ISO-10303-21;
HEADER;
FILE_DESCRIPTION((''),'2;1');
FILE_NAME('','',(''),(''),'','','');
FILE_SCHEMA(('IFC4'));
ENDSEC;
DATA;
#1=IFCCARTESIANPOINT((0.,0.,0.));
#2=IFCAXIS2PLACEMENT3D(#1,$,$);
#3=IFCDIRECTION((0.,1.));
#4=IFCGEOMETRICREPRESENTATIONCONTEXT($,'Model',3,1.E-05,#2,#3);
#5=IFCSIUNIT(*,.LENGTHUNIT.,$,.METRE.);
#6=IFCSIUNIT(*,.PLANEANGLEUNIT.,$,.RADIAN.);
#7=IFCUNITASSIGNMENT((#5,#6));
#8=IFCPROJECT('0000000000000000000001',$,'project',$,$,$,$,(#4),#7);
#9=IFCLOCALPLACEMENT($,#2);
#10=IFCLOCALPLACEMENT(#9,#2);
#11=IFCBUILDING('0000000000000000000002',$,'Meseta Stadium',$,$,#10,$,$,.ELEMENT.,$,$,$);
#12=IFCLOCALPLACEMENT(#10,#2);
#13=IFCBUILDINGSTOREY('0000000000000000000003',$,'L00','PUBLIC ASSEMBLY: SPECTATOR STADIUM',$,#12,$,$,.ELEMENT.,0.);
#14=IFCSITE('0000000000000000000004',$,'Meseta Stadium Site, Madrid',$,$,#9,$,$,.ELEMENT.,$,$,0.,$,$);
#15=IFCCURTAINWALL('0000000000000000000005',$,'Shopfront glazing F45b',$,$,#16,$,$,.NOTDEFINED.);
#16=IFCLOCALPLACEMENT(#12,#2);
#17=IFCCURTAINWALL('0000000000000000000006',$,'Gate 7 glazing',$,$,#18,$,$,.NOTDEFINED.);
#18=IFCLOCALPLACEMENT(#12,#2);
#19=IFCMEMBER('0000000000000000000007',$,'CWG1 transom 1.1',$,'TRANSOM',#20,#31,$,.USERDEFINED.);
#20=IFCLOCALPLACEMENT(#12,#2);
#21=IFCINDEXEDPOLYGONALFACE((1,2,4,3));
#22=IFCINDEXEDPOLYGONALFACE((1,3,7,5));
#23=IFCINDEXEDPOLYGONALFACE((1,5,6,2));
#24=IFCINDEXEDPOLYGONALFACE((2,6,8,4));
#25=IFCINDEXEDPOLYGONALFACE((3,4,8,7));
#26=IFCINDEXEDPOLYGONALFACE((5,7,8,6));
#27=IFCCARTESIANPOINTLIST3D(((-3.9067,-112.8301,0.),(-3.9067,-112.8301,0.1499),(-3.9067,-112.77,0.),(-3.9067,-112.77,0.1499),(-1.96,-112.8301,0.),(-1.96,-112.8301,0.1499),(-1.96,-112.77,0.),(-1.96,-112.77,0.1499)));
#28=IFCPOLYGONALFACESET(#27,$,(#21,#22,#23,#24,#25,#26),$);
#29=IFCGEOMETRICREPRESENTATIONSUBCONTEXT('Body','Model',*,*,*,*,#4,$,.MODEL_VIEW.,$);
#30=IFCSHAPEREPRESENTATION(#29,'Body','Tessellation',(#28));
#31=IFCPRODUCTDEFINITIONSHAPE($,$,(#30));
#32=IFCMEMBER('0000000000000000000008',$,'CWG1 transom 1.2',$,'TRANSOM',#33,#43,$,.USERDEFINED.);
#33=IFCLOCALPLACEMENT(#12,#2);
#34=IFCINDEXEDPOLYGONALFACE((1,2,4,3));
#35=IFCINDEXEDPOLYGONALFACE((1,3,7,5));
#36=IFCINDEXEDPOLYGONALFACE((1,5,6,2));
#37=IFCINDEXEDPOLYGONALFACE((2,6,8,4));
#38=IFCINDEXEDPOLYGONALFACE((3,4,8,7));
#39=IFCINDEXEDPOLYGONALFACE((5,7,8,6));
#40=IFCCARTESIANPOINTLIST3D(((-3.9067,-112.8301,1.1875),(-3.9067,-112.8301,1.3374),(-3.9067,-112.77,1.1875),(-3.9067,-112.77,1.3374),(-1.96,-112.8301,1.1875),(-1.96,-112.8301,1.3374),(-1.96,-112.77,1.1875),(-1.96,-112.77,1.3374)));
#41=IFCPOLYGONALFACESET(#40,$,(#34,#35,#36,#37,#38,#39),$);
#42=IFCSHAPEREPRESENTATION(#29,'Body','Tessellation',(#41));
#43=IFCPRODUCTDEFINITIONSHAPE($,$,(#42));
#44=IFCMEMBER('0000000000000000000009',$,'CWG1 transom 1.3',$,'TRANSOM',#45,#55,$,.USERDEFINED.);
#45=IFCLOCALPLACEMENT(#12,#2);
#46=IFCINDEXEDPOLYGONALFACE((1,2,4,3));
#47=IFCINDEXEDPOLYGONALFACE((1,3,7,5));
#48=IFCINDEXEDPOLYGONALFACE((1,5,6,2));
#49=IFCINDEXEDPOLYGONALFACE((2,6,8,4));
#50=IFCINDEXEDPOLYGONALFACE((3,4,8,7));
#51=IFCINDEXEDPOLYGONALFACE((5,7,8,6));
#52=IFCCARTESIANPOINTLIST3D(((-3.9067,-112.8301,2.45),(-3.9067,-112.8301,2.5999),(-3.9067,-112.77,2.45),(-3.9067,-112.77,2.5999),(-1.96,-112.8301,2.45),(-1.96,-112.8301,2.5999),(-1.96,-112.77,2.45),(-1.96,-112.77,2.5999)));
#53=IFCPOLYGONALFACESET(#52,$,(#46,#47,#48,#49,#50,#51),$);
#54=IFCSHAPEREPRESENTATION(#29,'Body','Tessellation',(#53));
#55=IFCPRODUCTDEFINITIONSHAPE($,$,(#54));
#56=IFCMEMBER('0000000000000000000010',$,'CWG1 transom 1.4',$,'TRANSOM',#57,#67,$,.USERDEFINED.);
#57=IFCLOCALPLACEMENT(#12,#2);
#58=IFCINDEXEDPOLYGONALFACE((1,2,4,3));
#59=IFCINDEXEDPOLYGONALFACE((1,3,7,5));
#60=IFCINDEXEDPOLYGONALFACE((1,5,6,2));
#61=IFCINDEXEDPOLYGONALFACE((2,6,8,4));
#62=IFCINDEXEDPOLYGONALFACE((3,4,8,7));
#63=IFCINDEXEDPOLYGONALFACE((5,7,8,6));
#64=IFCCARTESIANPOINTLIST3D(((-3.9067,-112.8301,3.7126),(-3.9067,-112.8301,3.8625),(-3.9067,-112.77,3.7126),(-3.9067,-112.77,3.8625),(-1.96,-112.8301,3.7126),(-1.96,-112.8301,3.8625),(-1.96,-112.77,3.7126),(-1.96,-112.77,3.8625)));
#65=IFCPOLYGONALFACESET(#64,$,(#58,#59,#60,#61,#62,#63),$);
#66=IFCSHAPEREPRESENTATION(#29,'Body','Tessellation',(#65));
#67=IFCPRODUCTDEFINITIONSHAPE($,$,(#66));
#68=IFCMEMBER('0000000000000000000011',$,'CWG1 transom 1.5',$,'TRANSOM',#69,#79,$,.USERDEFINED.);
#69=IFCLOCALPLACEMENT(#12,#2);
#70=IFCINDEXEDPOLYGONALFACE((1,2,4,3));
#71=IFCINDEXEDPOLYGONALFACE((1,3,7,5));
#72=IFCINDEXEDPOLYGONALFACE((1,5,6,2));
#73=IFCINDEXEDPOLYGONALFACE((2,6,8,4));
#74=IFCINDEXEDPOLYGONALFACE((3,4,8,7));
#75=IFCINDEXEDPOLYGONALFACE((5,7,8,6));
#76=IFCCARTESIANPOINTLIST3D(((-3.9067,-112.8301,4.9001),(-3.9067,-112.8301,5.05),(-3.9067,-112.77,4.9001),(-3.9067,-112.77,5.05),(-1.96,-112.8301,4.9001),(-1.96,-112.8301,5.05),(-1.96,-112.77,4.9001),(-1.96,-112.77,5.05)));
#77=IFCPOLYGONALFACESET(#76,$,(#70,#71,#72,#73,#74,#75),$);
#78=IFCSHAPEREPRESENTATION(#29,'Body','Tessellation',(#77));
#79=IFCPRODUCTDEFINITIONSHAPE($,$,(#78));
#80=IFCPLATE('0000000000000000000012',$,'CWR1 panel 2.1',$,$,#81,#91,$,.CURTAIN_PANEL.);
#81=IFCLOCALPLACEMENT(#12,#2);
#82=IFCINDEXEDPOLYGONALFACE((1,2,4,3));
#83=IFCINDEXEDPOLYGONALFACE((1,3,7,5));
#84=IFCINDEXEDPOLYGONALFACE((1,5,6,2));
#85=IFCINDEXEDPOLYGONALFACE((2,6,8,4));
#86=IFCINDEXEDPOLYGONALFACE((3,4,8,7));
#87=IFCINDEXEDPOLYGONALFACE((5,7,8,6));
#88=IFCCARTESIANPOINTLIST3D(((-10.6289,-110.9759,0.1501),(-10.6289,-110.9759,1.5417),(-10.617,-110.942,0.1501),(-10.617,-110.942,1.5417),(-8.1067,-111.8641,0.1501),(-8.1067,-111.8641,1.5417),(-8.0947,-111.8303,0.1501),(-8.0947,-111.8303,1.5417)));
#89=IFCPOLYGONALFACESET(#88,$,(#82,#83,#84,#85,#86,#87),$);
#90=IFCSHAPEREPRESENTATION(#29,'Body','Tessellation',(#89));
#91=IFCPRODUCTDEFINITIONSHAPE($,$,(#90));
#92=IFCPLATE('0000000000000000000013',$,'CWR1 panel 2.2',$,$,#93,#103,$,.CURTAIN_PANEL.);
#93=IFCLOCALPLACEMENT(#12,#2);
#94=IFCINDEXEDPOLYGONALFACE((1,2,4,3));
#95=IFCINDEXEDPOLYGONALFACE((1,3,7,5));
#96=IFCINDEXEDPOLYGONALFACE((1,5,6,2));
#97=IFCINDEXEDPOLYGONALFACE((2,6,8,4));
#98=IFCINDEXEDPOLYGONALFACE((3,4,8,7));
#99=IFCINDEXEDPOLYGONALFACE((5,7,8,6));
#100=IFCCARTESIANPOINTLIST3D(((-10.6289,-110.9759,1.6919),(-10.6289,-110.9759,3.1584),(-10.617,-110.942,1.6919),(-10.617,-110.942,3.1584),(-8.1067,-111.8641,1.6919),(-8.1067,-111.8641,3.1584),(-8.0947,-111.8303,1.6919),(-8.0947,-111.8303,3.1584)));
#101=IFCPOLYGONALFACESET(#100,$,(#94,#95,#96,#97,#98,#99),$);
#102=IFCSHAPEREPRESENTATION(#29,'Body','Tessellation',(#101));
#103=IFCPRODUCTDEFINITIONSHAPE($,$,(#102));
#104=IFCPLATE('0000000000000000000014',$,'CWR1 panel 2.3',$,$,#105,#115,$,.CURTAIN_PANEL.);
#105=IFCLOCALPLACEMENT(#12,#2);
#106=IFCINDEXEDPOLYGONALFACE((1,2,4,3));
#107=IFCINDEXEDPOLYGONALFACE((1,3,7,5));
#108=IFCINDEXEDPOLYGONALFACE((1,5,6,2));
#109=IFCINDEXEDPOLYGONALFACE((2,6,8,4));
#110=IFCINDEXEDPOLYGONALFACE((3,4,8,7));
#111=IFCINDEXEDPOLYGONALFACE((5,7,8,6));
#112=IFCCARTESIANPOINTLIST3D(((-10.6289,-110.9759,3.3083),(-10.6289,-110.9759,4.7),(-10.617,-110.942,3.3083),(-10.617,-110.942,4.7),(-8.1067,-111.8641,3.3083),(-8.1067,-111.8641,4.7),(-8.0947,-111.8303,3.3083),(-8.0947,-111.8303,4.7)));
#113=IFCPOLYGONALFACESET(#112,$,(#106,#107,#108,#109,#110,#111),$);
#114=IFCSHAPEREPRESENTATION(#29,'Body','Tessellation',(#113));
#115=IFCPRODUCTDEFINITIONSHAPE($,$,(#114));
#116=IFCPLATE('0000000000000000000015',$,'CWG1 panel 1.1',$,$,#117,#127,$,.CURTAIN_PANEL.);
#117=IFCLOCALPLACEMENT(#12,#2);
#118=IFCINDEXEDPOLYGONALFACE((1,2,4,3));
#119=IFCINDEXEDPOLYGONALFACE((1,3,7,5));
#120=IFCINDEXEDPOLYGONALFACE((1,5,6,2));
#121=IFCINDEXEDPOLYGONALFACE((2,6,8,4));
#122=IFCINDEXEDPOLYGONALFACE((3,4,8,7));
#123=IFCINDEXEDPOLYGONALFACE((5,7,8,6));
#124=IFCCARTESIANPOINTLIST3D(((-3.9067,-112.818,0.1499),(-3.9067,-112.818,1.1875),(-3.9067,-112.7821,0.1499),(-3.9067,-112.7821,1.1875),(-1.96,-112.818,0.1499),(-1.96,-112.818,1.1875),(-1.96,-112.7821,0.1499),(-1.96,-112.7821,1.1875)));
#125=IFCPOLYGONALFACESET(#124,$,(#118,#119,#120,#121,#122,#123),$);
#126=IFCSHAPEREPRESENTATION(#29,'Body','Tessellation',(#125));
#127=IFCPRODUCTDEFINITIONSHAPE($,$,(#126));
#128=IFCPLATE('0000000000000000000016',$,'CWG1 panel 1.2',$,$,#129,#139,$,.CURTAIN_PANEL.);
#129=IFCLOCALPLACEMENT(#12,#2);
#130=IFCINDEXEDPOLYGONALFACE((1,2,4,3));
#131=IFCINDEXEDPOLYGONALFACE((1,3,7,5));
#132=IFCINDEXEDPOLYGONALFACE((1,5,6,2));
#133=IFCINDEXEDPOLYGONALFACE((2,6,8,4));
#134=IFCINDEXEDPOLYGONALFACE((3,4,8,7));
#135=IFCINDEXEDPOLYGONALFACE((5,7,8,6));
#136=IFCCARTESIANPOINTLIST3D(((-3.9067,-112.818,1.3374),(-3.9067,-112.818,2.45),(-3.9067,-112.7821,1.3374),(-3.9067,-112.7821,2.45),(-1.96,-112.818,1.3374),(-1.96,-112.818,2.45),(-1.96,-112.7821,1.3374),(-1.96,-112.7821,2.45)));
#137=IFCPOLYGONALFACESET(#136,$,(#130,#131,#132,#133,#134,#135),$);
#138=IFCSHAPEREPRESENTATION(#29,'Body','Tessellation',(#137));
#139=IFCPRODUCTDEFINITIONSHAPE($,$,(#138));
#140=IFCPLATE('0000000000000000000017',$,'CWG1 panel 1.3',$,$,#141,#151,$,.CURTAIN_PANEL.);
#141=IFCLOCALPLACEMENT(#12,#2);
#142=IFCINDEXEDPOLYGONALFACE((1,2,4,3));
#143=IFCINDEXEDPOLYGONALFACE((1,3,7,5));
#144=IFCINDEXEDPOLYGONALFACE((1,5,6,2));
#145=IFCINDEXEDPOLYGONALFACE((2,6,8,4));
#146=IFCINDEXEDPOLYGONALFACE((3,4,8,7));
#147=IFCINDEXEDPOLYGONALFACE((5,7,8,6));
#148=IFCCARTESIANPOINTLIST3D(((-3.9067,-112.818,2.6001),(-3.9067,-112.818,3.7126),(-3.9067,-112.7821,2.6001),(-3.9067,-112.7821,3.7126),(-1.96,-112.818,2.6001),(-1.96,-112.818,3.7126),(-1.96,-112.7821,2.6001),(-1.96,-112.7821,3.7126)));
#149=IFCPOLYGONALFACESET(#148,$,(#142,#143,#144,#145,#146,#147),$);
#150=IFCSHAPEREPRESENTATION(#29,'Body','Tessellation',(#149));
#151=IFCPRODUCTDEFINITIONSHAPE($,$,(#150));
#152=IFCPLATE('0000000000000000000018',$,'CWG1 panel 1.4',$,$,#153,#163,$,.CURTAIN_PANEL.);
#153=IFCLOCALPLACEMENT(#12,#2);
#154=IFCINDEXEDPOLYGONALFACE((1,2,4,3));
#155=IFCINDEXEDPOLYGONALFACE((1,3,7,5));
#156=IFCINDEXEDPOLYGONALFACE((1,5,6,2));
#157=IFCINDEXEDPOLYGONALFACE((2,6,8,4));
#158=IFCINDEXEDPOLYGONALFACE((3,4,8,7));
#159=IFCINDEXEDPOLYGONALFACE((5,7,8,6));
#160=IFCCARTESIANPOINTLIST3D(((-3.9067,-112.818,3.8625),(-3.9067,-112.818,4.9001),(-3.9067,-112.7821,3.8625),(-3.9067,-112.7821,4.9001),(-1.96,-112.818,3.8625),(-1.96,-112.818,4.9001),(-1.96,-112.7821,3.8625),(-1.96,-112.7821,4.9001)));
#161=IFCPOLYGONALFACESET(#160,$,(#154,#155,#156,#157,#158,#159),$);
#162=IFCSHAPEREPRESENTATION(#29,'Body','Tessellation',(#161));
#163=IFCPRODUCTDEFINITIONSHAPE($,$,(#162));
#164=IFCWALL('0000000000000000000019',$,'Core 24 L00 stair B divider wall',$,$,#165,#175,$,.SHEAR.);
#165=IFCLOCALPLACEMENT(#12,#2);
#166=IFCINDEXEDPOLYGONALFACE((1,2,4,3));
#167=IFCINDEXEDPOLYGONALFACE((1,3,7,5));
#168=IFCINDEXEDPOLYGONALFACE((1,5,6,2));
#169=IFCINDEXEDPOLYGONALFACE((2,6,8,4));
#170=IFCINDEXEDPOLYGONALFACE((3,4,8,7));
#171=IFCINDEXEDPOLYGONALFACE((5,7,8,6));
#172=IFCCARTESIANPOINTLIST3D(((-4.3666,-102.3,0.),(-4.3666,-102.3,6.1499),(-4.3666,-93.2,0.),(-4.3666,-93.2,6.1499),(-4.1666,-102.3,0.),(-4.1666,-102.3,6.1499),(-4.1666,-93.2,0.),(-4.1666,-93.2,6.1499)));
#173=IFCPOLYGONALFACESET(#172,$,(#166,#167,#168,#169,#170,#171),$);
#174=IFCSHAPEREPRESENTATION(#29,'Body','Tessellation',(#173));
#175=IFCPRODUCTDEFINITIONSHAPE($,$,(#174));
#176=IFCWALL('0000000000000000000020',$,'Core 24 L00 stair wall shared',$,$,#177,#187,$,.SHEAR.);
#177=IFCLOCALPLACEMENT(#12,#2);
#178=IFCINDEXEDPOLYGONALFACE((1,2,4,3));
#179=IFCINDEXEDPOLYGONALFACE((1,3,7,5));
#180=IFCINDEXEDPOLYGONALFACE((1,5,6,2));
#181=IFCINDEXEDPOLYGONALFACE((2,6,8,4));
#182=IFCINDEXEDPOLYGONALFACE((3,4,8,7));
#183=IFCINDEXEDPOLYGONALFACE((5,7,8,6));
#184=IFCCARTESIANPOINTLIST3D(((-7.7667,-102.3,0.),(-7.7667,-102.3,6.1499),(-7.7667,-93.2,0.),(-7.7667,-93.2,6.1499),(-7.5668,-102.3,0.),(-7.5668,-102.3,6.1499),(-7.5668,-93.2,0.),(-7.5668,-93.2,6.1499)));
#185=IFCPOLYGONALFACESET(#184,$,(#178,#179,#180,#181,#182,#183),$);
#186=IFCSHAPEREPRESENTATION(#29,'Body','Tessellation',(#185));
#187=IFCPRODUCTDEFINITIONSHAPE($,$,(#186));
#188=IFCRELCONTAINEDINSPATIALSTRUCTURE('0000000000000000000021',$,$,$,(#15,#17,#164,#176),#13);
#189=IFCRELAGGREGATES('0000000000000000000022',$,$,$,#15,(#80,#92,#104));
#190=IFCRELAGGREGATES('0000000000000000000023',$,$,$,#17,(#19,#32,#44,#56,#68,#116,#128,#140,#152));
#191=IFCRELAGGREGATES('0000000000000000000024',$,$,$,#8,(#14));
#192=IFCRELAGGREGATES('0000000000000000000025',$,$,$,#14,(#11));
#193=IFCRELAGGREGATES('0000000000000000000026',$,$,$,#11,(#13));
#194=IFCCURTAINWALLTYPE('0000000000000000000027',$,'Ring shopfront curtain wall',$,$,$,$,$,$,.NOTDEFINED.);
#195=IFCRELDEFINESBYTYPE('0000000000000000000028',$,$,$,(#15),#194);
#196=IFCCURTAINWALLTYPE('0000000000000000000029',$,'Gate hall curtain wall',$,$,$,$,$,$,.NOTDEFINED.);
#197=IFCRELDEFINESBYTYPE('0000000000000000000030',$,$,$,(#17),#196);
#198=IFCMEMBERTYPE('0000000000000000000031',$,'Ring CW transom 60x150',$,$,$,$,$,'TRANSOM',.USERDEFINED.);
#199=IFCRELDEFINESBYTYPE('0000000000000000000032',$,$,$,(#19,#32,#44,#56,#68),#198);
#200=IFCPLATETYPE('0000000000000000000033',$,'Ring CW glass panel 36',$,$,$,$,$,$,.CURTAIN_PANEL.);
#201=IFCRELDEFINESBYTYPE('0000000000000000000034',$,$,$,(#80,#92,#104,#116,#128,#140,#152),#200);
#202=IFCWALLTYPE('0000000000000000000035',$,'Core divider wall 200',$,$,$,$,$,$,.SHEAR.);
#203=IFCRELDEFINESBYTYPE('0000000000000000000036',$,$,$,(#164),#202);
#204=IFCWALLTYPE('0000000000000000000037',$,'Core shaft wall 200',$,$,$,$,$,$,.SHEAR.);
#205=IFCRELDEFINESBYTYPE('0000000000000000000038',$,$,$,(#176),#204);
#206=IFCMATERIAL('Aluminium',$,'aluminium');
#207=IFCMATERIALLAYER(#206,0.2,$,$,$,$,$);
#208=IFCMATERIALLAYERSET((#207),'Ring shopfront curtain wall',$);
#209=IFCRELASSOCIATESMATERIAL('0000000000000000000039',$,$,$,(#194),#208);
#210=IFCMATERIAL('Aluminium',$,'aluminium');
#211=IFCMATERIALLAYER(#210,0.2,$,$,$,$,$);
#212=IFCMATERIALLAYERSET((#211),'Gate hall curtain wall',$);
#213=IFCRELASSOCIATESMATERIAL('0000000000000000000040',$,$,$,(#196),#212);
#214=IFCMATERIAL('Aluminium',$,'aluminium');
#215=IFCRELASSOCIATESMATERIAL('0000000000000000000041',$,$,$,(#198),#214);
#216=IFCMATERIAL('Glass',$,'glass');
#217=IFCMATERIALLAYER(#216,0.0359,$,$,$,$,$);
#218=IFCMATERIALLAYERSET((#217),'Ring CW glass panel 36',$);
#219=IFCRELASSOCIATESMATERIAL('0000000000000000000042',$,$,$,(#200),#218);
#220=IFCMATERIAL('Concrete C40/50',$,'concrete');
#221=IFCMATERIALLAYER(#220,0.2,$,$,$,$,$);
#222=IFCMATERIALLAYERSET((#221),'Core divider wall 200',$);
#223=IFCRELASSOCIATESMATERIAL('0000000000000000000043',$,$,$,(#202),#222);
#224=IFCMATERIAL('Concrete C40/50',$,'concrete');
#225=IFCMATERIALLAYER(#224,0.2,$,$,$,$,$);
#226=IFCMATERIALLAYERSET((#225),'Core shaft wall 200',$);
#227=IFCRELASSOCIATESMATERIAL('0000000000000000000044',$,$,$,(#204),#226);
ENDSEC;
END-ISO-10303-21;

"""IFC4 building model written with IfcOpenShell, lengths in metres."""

from ifc_helpers import new_model, si_unit, direction, frame, frame_2d, origin, origin_2d, place, context, subcontext, project, spatial, rectangle, extrude, material, layer, layer_set, material_profile, profile_set, type_object, element, aggregate, save


model = new_model("IFC4")

# Units and contexts
model_context = context("Model", 3, precision=1e-05, world=origin(), true_north=direction((0.0, 1.0)))
body_context = subcontext(model_context, "Body", "Model", "MODEL_VIEW")
ifc_project = project(units=[si_unit("LENGTHUNIT", "METRE"), si_unit("PLANEANGLEUNIT", "RADIAN")], contexts=[model_context])

# Site, building, storey
site_placement = place(None, origin())
site = spatial("IfcSite", under=ifc_project, at=site_placement, Name="Meseta Stadium Site, Madrid", CompositionType="ELEMENT", RefElevation=0.0)
building_placement = place(site_placement, origin())
building = spatial("IfcBuilding", under=site, at=building_placement, Name="Meseta Stadium", CompositionType="ELEMENT")
storey_placement = place(building_placement, origin())
storey = spatial("IfcBuildingStorey", under=building, at=storey_placement, Name="L00", Description="PUBLIC ASSEMBLY: SPECTATOR STADIUM", CompositionType="ELEMENT", Elevation=0.0)

# Curtain wall
ifc_material_1 = material(Name="Aluminium", Category="aluminium")
ifc_layer_1 = layer(ifc_material_1, 0.2)
ifc_layer_set_1 = layer_set([ifc_layer_1], Name="Ring shopfront curtain wall")
curtain_wall_type_1 = type_object("IfcCurtainWallType", Name="Ring shopfront curtain wall", PredefinedType="NOTDEFINED", material=ifc_layer_set_1)
curtain_wall_1_placement = place(storey_placement, origin())
curtain_wall_1 = element("IfcCurtainWall", 1, at=curtain_wall_1_placement, inside=storey, type_object=curtain_wall_type_1, Name="Shopfront glazing F45b", PredefinedType="NOTDEFINED")

# Curtain wall, members
ifc_material_2 = material(Name="Aluminium", Category="aluminium")
ifc_layer_2 = layer(ifc_material_2, 0.2)
ifc_layer_set_2 = layer_set([ifc_layer_2], Name="Gate hall curtain wall")
curtain_wall_type_2 = type_object("IfcCurtainWallType", Name="Gate hall curtain wall", PredefinedType="NOTDEFINED", material=ifc_layer_set_2)
curtain_wall_2_placement = place(storey_placement, origin())
curtain_wall_2 = element("IfcCurtainWall", 2, at=curtain_wall_2_placement, inside=storey, type_object=curtain_wall_type_2, Name="Gate 7 glazing", PredefinedType="NOTDEFINED")
ifc_material_3 = material(Name="Aluminium", Category="aluminium")
ifc_material_profile_1 = material_profile(ifc_material_3, rectangle(XDim=0.0601, YDim=0.1499, at=origin_2d()), Name="CW 60x150")
ifc_profile_set_1 = profile_set([ifc_material_profile_1], Name="Aluminium")
member_type_1 = type_object("IfcMemberType", Name="Ring CW transom 60x150", ElementType="TRANSOM", PredefinedType="USERDEFINED", material=ifc_profile_set_1)
member_1_placement = place(storey_placement, frame((-3.9067, -112.8, 0.075), z_axis=(1.0, 0.0, 0.0), x_axis=(0.0, 1.0, 0.0)))
member_1 = element("IfcMember", 3, at=member_1_placement, type_object=member_type_1, Name="CWG1 transom 1.1", ObjectType="TRANSOM", PredefinedType="USERDEFINED", context=body_context, shape_type="SweptSolid", body=[
    extrude(rectangle(XDim=0.0601, YDim=0.1499, at=origin_2d()), origin(), (0.0, 0.0, 1.0), 1.9468),
])
member_2_placement = place(storey_placement, frame((-3.9067, -112.8, 1.2625), z_axis=(1.0, 0.0, 0.0), x_axis=(0.0, 1.0, 0.0)))
member_2 = element("IfcMember", 4, at=member_2_placement, type_object=member_type_1, Name="CWG1 transom 1.2", ObjectType="TRANSOM", PredefinedType="USERDEFINED", context=body_context, shape_type="SweptSolid", body=[
    extrude(rectangle(XDim=0.0601, YDim=0.1499, at=origin_2d()), origin(), (0.0, 0.0, 1.0), 1.9468),
])
member_3_placement = place(storey_placement, frame((-3.9067, -112.8, 2.5249), z_axis=(1.0, 0.0, 0.0), x_axis=(0.0, 1.0, 0.0)))
member_3 = element("IfcMember", 5, at=member_3_placement, type_object=member_type_1, Name="CWG1 transom 1.3", ObjectType="TRANSOM", PredefinedType="USERDEFINED", context=body_context, shape_type="SweptSolid", body=[
    extrude(rectangle(XDim=0.0601, YDim=0.1499, at=origin_2d()), origin(), (0.0, 0.0, 1.0), 1.9468),
])
member_4_placement = place(storey_placement, frame((-3.9067, -112.8, 3.7876), z_axis=(1.0, 0.0, 0.0), x_axis=(0.0, 1.0, 0.0)))
member_4 = element("IfcMember", 6, at=member_4_placement, type_object=member_type_1, Name="CWG1 transom 1.4", ObjectType="TRANSOM", PredefinedType="USERDEFINED", context=body_context, shape_type="SweptSolid", body=[
    extrude(rectangle(XDim=0.0601, YDim=0.1499, at=origin_2d()), origin(), (0.0, 0.0, 1.0), 1.9468),
])
member_5_placement = place(storey_placement, frame((-3.9067, -112.8, 4.9751), z_axis=(1.0, 0.0, 0.0), x_axis=(0.0, 1.0, 0.0)))
member_5 = element("IfcMember", 7, at=member_5_placement, type_object=member_type_1, Name="CWG1 transom 1.5", ObjectType="TRANSOM", PredefinedType="USERDEFINED", context=body_context, shape_type="SweptSolid", body=[
    extrude(rectangle(XDim=0.0601, YDim=0.1499, at=origin_2d()), origin(), (0.0, 0.0, 1.0), 1.9468),
])

# Plates
ifc_material_4 = material(Name="Glass", Category="glass")
ifc_layer_3 = layer(ifc_material_4, 0.0359)
ifc_layer_set_3 = layer_set([ifc_layer_3], Name="Ring CW glass panel 36")
plate_type = type_object("IfcPlateType", Name="Ring CW glass panel 36", PredefinedType="CURTAIN_PANEL", material=ifc_layer_set_3)
plate_1_placement = place(storey_placement, frame((-9.3618, -111.4031, 0.1501), z_axis=(0.0, 0.0, 1.0), x_axis=(0.94322, -0.33217, 0.0)))
plate_1 = element("IfcPlate", 8, at=plate_1_placement, type_object=plate_type, Name="CWR1 panel 2.1", PredefinedType="CURTAIN_PANEL", context=body_context, shape_type="SweptSolid", body=[
    extrude(rectangle(XDim=2.6741, YDim=0.0359, at=origin_2d()), origin(), (0.0, 0.0, 1.0), 1.3916),
])
plate_2_placement = place(storey_placement, frame((-9.3618, -111.4031, 1.6919), z_axis=(0.0, 0.0, 1.0), x_axis=(0.94322, -0.33217, 0.0)))
plate_2 = element("IfcPlate", 9, at=plate_2_placement, type_object=plate_type, Name="CWR1 panel 2.2", PredefinedType="CURTAIN_PANEL", context=body_context, shape_type="SweptSolid", body=[
    extrude(rectangle(XDim=2.6741, YDim=0.0359, at=origin_2d()), origin(), (0.0, 0.0, 1.0), 1.4666),
])
plate_3_placement = place(storey_placement, frame((-9.3618, -111.4031, 3.3083), z_axis=(0.0, 0.0, 1.0), x_axis=(0.94322, -0.33217, 0.0)))
plate_3 = element("IfcPlate", 10, at=plate_3_placement, type_object=plate_type, Name="CWR1 panel 2.3", PredefinedType="CURTAIN_PANEL", context=body_context, shape_type="SweptSolid", body=[
    extrude(rectangle(XDim=2.6741, YDim=0.0359, at=origin_2d()), origin(), (0.0, 0.0, 1.0), 1.3916),
])
aggregate(curtain_wall_1, [plate_1, plate_2, plate_3])
plate_4_placement = place(storey_placement, frame((-2.9333, -112.8, 0.1499), z_axis=(0.0, 0.0, 1.0), x_axis=(1.0, 0.0, 0.0)))
plate_4 = element("IfcPlate", 11, at=plate_4_placement, type_object=plate_type, Name="CWG1 panel 1.1", PredefinedType="CURTAIN_PANEL", context=body_context, shape_type="SweptSolid", body=[
    extrude(rectangle(XDim=1.9468, YDim=0.0359, at=origin_2d()), origin(), (0.0, 0.0, 1.0), 1.0376),
])
plate_5_placement = place(storey_placement, frame((-2.9333, -112.8, 1.3374), z_axis=(0.0, 0.0, 1.0), x_axis=(1.0, 0.0, 0.0)))
plate_5 = element("IfcPlate", 12, at=plate_5_placement, type_object=plate_type, Name="CWG1 panel 1.2", PredefinedType="CURTAIN_PANEL", context=body_context, shape_type="SweptSolid", body=[
    extrude(rectangle(XDim=1.9468, YDim=0.0359, at=origin_2d()), origin(), (0.0, 0.0, 1.0), 1.1125),
])
plate_6_placement = place(storey_placement, frame((-2.9333, -112.8, 2.6001), z_axis=(0.0, 0.0, 1.0), x_axis=(1.0, 0.0, 0.0)))
plate_6 = element("IfcPlate", 13, at=plate_6_placement, type_object=plate_type, Name="CWG1 panel 1.3", PredefinedType="CURTAIN_PANEL", context=body_context, shape_type="SweptSolid", body=[
    extrude(rectangle(XDim=1.9468, YDim=0.0359, at=origin_2d()), origin(), (0.0, 0.0, 1.0), 1.1125),
])
plate_7_placement = place(storey_placement, frame((-2.9333, -112.8, 3.8625), z_axis=(0.0, 0.0, 1.0), x_axis=(1.0, 0.0, 0.0)))
plate_7 = element("IfcPlate", 14, at=plate_7_placement, type_object=plate_type, Name="CWG1 panel 1.4", PredefinedType="CURTAIN_PANEL", context=body_context, shape_type="SweptSolid", body=[
    extrude(rectangle(XDim=1.9468, YDim=0.0359, at=origin_2d()), origin(), (0.0, 0.0, 1.0), 1.0376),
])
aggregate(curtain_wall_2, [member_1, member_2, member_3, member_4, member_5, plate_4, plate_5, plate_6, plate_7])

# Walls
ifc_material_5 = material(Name="Concrete C40/50", Category="concrete")
ifc_layer_4 = layer(ifc_material_5, 0.2)
ifc_layer_set_4 = layer_set([ifc_layer_4], Name="Core divider wall 200")
wall_type_1 = type_object("IfcWallType", Name="Core divider wall 200", PredefinedType="SHEAR", material=ifc_layer_set_4)
wall_1_placement = place(storey_placement, frame((-4.2666, -102.3, 0.0), z_axis=(0.0, 0.0, 1.0), x_axis=(0.0, 1.0, 0.0)))
element("IfcWall", 15, at=wall_1_placement, inside=storey, type_object=wall_type_1, Name="Core 24 L00 stair B divider wall", PredefinedType="SHEAR", context=body_context, shape_type="SweptSolid", body=[
    extrude(rectangle(XDim=9.1001, YDim=0.2, at=frame_2d((4.55, 0.0))), origin(), (0.0, 0.0, 1.0), 6.1499),
])
ifc_material_6 = material(Name="Concrete C40/50", Category="concrete")
ifc_layer_5 = layer(ifc_material_6, 0.2)
ifc_layer_set_5 = layer_set([ifc_layer_5], Name="Core shaft wall 200")
wall_type_2 = type_object("IfcWallType", Name="Core shaft wall 200", PredefinedType="SHEAR", material=ifc_layer_set_5)
for number, where, z_axis, x_axis, name in (
    (16, (-7.6667, -102.3, 0.0), (0.0, 0.0, 1.0), (0.0, 1.0, 0.0), "Core 24 L00 stair wall shared"),
):
    element("IfcWall", number, at=place(storey_placement, frame(where, z_axis=z_axis, x_axis=x_axis)), inside=storey, type_object=wall_type_2, Name=name, PredefinedType="SHEAR", context=body_context, shape_type="SweptSolid", body=[
        extrude(rectangle(XDim=9.1001, YDim=0.2, at=frame_2d((4.55, 0.0))), origin(), (0.0, 0.0, 1.0), 6.1499),
    ])

save(model, "model.ifc")
